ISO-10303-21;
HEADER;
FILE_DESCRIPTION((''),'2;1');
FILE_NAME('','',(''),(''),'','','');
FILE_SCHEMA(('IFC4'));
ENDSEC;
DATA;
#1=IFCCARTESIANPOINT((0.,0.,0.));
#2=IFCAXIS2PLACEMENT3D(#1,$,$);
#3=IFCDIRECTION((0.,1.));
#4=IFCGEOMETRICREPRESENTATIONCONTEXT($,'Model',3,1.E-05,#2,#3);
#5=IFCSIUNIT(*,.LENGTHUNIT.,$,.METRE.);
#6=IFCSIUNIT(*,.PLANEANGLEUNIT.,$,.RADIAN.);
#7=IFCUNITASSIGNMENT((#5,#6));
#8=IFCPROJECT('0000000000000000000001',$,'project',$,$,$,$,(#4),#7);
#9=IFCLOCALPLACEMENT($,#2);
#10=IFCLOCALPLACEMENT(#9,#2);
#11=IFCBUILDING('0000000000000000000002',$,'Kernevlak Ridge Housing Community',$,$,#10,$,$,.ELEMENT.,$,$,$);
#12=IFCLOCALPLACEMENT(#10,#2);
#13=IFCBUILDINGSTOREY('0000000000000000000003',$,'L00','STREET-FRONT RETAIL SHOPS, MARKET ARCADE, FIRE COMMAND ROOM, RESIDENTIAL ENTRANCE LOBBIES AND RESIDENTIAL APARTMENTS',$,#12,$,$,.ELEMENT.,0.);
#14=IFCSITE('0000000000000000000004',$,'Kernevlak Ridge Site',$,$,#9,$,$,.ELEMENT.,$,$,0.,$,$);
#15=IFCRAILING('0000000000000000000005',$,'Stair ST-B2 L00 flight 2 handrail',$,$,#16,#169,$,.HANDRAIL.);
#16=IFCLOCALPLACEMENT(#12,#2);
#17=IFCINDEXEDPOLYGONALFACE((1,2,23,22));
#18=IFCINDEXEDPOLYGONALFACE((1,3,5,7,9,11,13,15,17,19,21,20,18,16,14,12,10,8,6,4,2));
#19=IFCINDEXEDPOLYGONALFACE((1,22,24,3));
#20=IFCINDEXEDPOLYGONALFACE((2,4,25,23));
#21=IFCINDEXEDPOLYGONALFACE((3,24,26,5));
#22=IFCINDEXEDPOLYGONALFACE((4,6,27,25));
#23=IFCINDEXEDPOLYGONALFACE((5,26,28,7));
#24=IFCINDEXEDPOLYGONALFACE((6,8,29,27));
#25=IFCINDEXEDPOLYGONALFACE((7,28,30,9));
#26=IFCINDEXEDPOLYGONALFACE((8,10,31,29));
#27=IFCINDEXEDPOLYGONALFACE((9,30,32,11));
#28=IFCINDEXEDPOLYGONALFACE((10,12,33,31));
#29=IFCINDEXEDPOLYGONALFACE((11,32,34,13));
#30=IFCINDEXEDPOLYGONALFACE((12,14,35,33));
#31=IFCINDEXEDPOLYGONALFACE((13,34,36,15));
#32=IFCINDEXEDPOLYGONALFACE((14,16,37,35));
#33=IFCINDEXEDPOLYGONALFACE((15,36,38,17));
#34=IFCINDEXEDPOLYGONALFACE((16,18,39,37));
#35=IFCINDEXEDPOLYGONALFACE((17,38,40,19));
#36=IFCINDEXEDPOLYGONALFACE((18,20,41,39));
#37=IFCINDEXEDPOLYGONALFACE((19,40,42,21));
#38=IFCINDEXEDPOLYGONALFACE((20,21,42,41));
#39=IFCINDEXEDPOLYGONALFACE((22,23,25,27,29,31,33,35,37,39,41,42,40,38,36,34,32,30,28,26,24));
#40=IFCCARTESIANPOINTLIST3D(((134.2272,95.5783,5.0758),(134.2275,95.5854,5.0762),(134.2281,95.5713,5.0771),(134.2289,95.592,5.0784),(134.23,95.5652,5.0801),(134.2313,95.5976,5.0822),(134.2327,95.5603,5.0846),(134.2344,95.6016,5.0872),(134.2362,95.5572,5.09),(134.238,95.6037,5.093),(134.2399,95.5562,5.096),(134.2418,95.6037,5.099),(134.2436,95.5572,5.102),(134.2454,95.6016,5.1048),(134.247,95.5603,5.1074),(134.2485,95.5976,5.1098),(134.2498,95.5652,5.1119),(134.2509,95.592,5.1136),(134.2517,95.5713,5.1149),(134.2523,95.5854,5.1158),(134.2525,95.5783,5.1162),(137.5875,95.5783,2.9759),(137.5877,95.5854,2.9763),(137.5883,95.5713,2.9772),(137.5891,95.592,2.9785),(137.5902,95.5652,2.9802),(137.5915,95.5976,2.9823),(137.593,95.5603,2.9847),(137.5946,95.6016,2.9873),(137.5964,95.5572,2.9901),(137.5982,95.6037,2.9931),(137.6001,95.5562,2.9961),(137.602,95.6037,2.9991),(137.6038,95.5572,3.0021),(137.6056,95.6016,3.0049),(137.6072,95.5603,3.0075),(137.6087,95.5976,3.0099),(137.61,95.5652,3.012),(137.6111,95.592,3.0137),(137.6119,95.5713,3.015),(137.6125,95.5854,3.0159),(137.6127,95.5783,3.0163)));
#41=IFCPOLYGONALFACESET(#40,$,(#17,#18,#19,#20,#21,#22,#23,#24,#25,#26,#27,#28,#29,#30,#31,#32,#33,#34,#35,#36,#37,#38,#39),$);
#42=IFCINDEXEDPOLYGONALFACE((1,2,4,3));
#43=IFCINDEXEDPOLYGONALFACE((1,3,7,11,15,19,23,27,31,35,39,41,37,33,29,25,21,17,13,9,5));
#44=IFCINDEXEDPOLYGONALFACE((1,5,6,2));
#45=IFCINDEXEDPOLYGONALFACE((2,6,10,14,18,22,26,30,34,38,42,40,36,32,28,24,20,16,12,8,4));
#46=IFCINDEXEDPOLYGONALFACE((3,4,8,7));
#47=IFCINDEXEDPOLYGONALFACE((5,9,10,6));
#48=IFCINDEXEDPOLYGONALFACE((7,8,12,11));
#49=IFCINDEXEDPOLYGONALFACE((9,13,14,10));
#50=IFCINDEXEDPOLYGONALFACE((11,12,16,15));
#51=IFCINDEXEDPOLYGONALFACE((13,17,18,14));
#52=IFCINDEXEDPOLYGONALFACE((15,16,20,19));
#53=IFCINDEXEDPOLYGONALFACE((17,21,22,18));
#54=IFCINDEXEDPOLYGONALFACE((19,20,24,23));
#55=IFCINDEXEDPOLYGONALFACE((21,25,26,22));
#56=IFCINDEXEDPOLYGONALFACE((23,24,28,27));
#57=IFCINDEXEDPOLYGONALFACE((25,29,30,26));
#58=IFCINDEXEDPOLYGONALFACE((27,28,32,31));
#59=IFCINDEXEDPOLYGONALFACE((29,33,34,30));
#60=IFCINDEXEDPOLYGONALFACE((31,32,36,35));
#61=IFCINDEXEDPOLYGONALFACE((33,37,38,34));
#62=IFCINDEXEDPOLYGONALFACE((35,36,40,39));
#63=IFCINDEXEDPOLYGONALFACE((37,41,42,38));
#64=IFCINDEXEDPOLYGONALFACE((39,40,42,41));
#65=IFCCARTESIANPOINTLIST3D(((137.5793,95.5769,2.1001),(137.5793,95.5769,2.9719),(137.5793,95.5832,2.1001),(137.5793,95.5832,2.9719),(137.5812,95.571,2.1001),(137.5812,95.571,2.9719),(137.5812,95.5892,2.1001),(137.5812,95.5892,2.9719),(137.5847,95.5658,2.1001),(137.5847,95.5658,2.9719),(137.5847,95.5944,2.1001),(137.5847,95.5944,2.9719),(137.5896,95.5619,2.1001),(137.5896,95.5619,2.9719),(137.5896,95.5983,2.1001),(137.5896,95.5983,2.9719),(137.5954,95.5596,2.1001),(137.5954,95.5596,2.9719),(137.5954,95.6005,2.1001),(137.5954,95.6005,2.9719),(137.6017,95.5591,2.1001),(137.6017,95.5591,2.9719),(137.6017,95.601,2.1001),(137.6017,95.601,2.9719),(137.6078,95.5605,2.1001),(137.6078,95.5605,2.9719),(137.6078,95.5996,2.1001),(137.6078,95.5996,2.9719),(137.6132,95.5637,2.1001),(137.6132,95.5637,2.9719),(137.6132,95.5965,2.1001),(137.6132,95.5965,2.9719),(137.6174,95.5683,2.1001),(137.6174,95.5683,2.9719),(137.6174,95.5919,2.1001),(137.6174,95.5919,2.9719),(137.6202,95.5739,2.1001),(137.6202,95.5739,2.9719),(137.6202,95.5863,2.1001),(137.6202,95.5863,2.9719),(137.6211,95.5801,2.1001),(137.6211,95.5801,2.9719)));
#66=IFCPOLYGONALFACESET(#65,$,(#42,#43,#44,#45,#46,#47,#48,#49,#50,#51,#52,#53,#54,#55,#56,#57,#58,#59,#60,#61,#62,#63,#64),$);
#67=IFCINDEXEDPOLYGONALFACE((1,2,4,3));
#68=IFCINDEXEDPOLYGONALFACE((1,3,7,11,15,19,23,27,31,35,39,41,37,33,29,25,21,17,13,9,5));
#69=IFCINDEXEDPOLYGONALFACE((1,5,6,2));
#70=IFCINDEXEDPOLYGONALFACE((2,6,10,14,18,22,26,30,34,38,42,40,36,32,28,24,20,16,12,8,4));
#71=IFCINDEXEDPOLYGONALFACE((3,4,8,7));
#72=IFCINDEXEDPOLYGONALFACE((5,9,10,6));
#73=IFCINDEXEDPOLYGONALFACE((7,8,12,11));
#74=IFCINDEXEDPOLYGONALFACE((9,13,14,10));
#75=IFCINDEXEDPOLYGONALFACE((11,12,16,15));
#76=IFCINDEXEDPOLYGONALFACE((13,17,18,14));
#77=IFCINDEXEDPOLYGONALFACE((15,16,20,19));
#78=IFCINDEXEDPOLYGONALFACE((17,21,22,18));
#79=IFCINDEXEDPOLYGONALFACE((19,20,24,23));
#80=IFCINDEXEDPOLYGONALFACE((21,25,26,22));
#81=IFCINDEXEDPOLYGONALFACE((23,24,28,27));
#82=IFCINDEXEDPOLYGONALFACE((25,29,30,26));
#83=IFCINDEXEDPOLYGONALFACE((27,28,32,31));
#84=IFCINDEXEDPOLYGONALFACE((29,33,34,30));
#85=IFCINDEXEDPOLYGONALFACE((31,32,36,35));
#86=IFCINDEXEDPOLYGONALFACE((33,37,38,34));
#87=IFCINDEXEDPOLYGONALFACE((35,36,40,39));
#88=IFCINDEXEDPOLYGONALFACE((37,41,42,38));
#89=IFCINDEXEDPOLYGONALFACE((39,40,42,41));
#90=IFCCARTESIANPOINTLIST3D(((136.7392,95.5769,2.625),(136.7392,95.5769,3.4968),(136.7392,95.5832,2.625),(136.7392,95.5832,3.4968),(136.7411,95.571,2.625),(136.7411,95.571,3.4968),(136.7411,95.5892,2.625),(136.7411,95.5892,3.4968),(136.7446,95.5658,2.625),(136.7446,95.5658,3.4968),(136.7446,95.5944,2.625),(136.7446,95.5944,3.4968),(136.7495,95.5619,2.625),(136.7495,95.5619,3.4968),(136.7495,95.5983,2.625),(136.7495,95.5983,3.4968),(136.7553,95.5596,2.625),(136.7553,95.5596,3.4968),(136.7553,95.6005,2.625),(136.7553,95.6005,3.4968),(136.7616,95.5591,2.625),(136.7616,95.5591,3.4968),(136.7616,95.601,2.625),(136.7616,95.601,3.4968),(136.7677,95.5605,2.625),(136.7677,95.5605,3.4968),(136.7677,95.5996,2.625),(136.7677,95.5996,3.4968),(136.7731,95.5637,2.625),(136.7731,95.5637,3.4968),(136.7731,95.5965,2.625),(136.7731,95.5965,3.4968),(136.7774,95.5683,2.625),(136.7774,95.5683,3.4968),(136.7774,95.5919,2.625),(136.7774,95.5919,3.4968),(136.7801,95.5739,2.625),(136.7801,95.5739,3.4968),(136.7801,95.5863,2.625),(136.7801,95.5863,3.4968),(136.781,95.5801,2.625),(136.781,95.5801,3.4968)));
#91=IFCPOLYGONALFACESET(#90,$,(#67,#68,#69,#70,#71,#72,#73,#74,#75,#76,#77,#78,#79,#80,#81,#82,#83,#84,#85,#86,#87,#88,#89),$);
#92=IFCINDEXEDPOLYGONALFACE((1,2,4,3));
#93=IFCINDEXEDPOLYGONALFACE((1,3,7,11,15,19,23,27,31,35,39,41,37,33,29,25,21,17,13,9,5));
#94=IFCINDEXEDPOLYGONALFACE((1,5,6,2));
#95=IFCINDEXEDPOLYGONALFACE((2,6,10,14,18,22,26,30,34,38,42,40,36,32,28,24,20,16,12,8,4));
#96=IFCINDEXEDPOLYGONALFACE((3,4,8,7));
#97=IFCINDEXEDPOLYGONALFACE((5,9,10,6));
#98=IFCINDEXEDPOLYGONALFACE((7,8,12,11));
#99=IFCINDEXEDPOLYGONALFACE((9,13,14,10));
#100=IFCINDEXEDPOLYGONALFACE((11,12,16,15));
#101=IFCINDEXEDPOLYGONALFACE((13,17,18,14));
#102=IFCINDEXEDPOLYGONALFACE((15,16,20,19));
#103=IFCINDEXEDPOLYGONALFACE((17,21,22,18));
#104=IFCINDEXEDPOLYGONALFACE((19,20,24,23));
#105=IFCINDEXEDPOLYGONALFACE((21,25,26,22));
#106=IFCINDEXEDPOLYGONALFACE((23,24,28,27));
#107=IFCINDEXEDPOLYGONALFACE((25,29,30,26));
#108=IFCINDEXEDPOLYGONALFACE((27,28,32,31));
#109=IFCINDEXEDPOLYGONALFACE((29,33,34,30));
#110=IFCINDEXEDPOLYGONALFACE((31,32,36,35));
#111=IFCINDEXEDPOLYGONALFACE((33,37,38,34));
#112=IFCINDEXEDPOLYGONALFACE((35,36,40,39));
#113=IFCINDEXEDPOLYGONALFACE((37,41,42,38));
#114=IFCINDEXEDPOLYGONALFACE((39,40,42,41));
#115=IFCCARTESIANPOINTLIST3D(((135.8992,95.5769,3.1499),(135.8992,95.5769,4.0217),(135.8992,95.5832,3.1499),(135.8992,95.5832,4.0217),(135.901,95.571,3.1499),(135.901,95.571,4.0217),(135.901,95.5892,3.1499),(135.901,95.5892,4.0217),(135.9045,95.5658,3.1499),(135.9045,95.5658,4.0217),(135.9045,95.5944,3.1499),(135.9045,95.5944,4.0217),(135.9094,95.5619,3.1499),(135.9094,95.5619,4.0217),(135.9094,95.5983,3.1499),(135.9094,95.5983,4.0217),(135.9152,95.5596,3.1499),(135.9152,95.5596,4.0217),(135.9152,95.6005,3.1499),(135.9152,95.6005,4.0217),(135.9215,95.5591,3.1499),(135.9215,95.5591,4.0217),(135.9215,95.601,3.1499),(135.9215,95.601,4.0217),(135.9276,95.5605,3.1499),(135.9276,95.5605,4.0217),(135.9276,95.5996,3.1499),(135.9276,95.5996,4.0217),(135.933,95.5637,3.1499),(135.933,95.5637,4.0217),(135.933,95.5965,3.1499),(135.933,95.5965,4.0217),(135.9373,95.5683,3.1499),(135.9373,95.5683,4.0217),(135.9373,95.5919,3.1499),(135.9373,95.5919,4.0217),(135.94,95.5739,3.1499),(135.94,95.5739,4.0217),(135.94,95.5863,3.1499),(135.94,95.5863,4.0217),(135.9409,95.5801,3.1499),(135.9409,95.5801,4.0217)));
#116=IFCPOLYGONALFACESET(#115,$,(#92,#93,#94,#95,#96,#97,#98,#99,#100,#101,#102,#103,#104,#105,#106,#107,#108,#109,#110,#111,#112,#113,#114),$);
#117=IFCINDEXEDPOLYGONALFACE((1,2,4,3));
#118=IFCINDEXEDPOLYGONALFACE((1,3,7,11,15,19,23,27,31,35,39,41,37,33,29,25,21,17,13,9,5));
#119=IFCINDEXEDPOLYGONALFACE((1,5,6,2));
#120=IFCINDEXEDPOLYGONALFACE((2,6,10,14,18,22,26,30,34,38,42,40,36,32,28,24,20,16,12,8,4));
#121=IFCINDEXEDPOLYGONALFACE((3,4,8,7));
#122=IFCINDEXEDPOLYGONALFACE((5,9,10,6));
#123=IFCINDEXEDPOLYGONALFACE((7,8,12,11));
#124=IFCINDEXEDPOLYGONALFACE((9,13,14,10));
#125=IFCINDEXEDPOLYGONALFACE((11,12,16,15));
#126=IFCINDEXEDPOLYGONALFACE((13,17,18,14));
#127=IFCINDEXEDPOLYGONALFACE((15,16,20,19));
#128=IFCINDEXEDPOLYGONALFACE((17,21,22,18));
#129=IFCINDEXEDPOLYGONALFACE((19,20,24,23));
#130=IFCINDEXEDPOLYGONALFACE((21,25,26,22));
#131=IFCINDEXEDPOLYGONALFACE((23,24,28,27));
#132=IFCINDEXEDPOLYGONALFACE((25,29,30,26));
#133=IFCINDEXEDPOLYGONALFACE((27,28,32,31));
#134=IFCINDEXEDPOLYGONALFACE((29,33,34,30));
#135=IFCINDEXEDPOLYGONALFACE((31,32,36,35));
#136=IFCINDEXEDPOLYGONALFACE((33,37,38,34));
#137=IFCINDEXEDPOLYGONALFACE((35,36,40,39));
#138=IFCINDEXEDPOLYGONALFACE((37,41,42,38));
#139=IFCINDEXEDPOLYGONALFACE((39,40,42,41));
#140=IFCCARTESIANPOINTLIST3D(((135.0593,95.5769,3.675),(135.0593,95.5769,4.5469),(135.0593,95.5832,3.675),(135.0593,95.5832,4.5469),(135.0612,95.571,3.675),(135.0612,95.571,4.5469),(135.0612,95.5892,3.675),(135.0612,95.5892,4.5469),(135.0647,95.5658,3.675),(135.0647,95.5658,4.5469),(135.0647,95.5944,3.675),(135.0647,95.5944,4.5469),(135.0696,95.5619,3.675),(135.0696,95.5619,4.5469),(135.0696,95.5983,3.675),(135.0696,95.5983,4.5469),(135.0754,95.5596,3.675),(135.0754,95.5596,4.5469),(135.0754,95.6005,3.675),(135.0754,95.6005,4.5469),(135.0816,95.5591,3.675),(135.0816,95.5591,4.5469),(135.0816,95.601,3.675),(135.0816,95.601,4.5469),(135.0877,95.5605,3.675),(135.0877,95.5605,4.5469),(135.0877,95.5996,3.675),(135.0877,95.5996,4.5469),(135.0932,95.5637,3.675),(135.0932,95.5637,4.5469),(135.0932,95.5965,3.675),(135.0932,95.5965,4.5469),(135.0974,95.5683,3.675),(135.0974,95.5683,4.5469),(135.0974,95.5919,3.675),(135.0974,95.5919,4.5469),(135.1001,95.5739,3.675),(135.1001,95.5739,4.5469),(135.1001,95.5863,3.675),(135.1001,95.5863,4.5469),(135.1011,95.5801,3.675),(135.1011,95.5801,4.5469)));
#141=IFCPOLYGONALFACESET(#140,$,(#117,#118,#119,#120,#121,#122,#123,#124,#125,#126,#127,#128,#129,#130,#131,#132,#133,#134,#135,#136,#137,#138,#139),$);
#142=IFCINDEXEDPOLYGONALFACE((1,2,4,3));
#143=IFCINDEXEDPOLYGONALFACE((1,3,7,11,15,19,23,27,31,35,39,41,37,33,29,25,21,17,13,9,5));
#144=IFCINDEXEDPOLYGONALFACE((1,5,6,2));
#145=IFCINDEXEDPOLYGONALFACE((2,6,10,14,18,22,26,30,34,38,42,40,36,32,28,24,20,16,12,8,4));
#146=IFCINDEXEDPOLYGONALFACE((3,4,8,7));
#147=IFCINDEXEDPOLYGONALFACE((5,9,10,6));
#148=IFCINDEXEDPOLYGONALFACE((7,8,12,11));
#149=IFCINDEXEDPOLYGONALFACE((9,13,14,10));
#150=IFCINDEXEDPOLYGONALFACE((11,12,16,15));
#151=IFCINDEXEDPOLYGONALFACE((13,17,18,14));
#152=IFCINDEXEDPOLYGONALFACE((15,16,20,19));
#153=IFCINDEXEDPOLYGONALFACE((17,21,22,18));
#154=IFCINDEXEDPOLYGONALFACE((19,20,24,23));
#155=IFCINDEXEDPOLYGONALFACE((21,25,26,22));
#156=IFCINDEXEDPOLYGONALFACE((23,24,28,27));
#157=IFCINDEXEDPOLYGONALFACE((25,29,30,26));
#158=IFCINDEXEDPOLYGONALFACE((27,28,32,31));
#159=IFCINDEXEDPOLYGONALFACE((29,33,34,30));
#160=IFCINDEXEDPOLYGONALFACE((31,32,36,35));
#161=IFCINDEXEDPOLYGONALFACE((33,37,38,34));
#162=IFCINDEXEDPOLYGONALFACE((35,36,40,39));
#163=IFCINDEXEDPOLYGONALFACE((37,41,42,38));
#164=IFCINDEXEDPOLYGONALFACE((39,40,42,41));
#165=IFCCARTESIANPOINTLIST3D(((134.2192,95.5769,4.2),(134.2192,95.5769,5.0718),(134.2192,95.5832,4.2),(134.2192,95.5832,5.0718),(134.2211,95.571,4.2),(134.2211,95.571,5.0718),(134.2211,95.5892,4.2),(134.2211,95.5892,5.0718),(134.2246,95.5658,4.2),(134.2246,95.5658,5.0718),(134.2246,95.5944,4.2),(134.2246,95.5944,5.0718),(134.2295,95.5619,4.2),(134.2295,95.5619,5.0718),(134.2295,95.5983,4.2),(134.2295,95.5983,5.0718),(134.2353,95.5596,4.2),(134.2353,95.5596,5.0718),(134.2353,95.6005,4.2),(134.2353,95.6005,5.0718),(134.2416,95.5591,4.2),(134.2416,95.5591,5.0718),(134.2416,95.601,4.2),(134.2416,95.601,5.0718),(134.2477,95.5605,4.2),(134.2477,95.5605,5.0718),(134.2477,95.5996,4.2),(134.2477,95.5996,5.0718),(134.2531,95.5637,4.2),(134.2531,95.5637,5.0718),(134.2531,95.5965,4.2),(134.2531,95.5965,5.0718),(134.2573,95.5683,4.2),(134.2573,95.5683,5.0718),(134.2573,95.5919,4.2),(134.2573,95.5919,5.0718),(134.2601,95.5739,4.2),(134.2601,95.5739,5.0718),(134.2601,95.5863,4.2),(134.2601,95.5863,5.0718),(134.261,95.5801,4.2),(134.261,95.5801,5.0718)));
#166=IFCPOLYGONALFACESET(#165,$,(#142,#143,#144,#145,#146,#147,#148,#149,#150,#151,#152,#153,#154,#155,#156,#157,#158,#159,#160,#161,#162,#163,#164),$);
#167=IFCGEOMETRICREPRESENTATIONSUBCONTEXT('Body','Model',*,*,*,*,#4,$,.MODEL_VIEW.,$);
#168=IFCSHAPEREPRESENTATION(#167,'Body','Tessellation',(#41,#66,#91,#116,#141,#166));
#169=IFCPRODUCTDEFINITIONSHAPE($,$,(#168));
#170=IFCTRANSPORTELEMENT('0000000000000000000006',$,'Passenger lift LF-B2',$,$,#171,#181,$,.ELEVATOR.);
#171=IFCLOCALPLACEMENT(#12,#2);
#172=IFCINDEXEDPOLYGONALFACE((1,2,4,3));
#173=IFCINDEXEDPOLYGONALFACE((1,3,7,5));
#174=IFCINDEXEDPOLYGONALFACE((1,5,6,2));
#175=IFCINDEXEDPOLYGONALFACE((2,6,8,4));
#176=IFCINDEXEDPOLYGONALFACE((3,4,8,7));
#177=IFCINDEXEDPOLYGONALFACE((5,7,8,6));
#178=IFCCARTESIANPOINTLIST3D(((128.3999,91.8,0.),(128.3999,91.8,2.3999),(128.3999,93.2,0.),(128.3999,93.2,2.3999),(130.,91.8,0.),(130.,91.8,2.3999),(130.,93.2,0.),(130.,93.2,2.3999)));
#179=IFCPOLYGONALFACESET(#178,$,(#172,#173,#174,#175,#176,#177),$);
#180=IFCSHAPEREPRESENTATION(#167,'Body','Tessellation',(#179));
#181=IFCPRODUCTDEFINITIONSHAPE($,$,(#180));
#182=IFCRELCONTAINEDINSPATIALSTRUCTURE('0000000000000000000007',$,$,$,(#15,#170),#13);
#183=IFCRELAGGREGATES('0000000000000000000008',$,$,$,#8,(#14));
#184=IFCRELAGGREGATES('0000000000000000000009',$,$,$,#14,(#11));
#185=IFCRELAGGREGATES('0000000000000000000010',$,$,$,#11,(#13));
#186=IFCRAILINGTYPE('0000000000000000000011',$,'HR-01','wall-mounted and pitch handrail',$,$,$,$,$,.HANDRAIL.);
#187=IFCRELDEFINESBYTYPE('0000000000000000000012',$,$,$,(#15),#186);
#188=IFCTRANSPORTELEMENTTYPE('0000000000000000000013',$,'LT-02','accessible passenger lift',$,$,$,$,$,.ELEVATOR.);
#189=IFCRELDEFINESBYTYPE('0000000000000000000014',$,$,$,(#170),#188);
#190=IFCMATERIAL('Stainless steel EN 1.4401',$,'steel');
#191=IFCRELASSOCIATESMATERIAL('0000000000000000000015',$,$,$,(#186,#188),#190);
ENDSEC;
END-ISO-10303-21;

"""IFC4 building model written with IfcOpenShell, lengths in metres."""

from ifc_helpers import new_model, si_unit, direction, frame, origin, origin_2d, place, context, subcontext, project, spatial, rectangle, circle, extrude, material, type_object, element, save


model = new_model("IFC4")

# Units and contexts
model_context = context("Model", 3, precision=1e-05, world=origin(), true_north=direction((0.0, 1.0)))
body_context = subcontext(model_context, "Body", "Model", "MODEL_VIEW")
ifc_project = project(units=[si_unit("LENGTHUNIT", "METRE"), si_unit("PLANEANGLEUNIT", "RADIAN")], contexts=[model_context])

# Site, building, storey
site_placement = place(None, origin())
site = spatial("IfcSite", under=ifc_project, at=site_placement, Name="Kernevlak Ridge Site", CompositionType="ELEMENT", RefElevation=0.0)
building_placement = place(site_placement, origin())
building = spatial("IfcBuilding", under=site, at=building_placement, Name="Kernevlak Ridge Housing Community", CompositionType="ELEMENT")
storey_placement = place(building_placement, origin())
storey = spatial("IfcBuildingStorey", under=building, at=storey_placement, Name="L00", Description="STREET-FRONT RETAIL SHOPS, MARKET ARCADE, FIRE COMMAND ROOM, RESIDENTIAL ENTRANCE LOBBIES AND RESIDENTIAL APARTMENTS", CompositionType="ELEMENT", Elevation=0.0)

# Shared definitions
ifc_material_1 = material(Name="Stainless steel EN 1.4401", Category="steel")

# Railing
railing_type_1 = type_object("IfcRailingType", Name="HR-01", Description="wall-mounted and pitch handrail", PredefinedType="HANDRAIL", material=ifc_material_1)
railing_1_placement = place(storey_placement, frame((137.6001, 95.5801, 2.1001)))
element("IfcRailing", 1, at=railing_1_placement, inside=storey, type_object=railing_type_1, Name="Stair ST-B2 L00 flight 2 handrail", PredefinedType="HANDRAIL", context=body_context, shape_type="SweptSolid", body=[
    extrude(circle(Radius=0.0239, at=origin_2d()), frame((0.0, 0.0, 0.896), z_axis=(-0.848023, 0.0, 0.52996), x_axis=(0.0, -1.0, 0.0)), (0.0, 0.0, 1.0), 3.9624),
    extrude(circle(Radius=0.021, at=origin_2d()), origin(), (0.0, 0.0, 1.0), 0.8718),
    extrude(circle(Radius=0.021, at=origin_2d()), frame((-0.8401, 0.0, 0.5249)), (0.0, 0.0, 1.0), 0.8718),
    extrude(circle(Radius=0.021, at=origin_2d()), frame((-1.6802, 0.0, 1.0498)), (0.0, 0.0, 1.0), 0.8718),
    extrude(circle(Radius=0.021, at=origin_2d()), frame((-2.52, 0.0, 1.575)), (0.0, 0.0, 1.0), 0.8718),
    extrude(circle(Radius=0.021, at=origin_2d()), frame((-3.3601, 0.0, 2.0999)), (0.0, 0.0, 1.0), 0.8718),
])

# Transport element
transport_element_type = type_object("IfcTransportElementType", Name="LT-02", Description="accessible passenger lift", PredefinedType="ELEVATOR", material=ifc_material_1)
transport_element_placement = place(storey_placement, frame((129.2, 92.5, 0.0), z_axis=(0.0, 0.0, 1.0), x_axis=(1.0, 0.0, 0.0)))
element("IfcTransportElement", 2, at=transport_element_placement, inside=storey, type_object=transport_element_type, Name="Passenger lift LF-B2", PredefinedType="ELEVATOR", context=body_context, shape_type="SweptSolid", body=[
    extrude(rectangle(XDim=1.6001, YDim=1.3999, at=origin_2d()), origin(), (0.0, 0.0, 1.0), 2.3999),
])

save(model, "model.ifc")
